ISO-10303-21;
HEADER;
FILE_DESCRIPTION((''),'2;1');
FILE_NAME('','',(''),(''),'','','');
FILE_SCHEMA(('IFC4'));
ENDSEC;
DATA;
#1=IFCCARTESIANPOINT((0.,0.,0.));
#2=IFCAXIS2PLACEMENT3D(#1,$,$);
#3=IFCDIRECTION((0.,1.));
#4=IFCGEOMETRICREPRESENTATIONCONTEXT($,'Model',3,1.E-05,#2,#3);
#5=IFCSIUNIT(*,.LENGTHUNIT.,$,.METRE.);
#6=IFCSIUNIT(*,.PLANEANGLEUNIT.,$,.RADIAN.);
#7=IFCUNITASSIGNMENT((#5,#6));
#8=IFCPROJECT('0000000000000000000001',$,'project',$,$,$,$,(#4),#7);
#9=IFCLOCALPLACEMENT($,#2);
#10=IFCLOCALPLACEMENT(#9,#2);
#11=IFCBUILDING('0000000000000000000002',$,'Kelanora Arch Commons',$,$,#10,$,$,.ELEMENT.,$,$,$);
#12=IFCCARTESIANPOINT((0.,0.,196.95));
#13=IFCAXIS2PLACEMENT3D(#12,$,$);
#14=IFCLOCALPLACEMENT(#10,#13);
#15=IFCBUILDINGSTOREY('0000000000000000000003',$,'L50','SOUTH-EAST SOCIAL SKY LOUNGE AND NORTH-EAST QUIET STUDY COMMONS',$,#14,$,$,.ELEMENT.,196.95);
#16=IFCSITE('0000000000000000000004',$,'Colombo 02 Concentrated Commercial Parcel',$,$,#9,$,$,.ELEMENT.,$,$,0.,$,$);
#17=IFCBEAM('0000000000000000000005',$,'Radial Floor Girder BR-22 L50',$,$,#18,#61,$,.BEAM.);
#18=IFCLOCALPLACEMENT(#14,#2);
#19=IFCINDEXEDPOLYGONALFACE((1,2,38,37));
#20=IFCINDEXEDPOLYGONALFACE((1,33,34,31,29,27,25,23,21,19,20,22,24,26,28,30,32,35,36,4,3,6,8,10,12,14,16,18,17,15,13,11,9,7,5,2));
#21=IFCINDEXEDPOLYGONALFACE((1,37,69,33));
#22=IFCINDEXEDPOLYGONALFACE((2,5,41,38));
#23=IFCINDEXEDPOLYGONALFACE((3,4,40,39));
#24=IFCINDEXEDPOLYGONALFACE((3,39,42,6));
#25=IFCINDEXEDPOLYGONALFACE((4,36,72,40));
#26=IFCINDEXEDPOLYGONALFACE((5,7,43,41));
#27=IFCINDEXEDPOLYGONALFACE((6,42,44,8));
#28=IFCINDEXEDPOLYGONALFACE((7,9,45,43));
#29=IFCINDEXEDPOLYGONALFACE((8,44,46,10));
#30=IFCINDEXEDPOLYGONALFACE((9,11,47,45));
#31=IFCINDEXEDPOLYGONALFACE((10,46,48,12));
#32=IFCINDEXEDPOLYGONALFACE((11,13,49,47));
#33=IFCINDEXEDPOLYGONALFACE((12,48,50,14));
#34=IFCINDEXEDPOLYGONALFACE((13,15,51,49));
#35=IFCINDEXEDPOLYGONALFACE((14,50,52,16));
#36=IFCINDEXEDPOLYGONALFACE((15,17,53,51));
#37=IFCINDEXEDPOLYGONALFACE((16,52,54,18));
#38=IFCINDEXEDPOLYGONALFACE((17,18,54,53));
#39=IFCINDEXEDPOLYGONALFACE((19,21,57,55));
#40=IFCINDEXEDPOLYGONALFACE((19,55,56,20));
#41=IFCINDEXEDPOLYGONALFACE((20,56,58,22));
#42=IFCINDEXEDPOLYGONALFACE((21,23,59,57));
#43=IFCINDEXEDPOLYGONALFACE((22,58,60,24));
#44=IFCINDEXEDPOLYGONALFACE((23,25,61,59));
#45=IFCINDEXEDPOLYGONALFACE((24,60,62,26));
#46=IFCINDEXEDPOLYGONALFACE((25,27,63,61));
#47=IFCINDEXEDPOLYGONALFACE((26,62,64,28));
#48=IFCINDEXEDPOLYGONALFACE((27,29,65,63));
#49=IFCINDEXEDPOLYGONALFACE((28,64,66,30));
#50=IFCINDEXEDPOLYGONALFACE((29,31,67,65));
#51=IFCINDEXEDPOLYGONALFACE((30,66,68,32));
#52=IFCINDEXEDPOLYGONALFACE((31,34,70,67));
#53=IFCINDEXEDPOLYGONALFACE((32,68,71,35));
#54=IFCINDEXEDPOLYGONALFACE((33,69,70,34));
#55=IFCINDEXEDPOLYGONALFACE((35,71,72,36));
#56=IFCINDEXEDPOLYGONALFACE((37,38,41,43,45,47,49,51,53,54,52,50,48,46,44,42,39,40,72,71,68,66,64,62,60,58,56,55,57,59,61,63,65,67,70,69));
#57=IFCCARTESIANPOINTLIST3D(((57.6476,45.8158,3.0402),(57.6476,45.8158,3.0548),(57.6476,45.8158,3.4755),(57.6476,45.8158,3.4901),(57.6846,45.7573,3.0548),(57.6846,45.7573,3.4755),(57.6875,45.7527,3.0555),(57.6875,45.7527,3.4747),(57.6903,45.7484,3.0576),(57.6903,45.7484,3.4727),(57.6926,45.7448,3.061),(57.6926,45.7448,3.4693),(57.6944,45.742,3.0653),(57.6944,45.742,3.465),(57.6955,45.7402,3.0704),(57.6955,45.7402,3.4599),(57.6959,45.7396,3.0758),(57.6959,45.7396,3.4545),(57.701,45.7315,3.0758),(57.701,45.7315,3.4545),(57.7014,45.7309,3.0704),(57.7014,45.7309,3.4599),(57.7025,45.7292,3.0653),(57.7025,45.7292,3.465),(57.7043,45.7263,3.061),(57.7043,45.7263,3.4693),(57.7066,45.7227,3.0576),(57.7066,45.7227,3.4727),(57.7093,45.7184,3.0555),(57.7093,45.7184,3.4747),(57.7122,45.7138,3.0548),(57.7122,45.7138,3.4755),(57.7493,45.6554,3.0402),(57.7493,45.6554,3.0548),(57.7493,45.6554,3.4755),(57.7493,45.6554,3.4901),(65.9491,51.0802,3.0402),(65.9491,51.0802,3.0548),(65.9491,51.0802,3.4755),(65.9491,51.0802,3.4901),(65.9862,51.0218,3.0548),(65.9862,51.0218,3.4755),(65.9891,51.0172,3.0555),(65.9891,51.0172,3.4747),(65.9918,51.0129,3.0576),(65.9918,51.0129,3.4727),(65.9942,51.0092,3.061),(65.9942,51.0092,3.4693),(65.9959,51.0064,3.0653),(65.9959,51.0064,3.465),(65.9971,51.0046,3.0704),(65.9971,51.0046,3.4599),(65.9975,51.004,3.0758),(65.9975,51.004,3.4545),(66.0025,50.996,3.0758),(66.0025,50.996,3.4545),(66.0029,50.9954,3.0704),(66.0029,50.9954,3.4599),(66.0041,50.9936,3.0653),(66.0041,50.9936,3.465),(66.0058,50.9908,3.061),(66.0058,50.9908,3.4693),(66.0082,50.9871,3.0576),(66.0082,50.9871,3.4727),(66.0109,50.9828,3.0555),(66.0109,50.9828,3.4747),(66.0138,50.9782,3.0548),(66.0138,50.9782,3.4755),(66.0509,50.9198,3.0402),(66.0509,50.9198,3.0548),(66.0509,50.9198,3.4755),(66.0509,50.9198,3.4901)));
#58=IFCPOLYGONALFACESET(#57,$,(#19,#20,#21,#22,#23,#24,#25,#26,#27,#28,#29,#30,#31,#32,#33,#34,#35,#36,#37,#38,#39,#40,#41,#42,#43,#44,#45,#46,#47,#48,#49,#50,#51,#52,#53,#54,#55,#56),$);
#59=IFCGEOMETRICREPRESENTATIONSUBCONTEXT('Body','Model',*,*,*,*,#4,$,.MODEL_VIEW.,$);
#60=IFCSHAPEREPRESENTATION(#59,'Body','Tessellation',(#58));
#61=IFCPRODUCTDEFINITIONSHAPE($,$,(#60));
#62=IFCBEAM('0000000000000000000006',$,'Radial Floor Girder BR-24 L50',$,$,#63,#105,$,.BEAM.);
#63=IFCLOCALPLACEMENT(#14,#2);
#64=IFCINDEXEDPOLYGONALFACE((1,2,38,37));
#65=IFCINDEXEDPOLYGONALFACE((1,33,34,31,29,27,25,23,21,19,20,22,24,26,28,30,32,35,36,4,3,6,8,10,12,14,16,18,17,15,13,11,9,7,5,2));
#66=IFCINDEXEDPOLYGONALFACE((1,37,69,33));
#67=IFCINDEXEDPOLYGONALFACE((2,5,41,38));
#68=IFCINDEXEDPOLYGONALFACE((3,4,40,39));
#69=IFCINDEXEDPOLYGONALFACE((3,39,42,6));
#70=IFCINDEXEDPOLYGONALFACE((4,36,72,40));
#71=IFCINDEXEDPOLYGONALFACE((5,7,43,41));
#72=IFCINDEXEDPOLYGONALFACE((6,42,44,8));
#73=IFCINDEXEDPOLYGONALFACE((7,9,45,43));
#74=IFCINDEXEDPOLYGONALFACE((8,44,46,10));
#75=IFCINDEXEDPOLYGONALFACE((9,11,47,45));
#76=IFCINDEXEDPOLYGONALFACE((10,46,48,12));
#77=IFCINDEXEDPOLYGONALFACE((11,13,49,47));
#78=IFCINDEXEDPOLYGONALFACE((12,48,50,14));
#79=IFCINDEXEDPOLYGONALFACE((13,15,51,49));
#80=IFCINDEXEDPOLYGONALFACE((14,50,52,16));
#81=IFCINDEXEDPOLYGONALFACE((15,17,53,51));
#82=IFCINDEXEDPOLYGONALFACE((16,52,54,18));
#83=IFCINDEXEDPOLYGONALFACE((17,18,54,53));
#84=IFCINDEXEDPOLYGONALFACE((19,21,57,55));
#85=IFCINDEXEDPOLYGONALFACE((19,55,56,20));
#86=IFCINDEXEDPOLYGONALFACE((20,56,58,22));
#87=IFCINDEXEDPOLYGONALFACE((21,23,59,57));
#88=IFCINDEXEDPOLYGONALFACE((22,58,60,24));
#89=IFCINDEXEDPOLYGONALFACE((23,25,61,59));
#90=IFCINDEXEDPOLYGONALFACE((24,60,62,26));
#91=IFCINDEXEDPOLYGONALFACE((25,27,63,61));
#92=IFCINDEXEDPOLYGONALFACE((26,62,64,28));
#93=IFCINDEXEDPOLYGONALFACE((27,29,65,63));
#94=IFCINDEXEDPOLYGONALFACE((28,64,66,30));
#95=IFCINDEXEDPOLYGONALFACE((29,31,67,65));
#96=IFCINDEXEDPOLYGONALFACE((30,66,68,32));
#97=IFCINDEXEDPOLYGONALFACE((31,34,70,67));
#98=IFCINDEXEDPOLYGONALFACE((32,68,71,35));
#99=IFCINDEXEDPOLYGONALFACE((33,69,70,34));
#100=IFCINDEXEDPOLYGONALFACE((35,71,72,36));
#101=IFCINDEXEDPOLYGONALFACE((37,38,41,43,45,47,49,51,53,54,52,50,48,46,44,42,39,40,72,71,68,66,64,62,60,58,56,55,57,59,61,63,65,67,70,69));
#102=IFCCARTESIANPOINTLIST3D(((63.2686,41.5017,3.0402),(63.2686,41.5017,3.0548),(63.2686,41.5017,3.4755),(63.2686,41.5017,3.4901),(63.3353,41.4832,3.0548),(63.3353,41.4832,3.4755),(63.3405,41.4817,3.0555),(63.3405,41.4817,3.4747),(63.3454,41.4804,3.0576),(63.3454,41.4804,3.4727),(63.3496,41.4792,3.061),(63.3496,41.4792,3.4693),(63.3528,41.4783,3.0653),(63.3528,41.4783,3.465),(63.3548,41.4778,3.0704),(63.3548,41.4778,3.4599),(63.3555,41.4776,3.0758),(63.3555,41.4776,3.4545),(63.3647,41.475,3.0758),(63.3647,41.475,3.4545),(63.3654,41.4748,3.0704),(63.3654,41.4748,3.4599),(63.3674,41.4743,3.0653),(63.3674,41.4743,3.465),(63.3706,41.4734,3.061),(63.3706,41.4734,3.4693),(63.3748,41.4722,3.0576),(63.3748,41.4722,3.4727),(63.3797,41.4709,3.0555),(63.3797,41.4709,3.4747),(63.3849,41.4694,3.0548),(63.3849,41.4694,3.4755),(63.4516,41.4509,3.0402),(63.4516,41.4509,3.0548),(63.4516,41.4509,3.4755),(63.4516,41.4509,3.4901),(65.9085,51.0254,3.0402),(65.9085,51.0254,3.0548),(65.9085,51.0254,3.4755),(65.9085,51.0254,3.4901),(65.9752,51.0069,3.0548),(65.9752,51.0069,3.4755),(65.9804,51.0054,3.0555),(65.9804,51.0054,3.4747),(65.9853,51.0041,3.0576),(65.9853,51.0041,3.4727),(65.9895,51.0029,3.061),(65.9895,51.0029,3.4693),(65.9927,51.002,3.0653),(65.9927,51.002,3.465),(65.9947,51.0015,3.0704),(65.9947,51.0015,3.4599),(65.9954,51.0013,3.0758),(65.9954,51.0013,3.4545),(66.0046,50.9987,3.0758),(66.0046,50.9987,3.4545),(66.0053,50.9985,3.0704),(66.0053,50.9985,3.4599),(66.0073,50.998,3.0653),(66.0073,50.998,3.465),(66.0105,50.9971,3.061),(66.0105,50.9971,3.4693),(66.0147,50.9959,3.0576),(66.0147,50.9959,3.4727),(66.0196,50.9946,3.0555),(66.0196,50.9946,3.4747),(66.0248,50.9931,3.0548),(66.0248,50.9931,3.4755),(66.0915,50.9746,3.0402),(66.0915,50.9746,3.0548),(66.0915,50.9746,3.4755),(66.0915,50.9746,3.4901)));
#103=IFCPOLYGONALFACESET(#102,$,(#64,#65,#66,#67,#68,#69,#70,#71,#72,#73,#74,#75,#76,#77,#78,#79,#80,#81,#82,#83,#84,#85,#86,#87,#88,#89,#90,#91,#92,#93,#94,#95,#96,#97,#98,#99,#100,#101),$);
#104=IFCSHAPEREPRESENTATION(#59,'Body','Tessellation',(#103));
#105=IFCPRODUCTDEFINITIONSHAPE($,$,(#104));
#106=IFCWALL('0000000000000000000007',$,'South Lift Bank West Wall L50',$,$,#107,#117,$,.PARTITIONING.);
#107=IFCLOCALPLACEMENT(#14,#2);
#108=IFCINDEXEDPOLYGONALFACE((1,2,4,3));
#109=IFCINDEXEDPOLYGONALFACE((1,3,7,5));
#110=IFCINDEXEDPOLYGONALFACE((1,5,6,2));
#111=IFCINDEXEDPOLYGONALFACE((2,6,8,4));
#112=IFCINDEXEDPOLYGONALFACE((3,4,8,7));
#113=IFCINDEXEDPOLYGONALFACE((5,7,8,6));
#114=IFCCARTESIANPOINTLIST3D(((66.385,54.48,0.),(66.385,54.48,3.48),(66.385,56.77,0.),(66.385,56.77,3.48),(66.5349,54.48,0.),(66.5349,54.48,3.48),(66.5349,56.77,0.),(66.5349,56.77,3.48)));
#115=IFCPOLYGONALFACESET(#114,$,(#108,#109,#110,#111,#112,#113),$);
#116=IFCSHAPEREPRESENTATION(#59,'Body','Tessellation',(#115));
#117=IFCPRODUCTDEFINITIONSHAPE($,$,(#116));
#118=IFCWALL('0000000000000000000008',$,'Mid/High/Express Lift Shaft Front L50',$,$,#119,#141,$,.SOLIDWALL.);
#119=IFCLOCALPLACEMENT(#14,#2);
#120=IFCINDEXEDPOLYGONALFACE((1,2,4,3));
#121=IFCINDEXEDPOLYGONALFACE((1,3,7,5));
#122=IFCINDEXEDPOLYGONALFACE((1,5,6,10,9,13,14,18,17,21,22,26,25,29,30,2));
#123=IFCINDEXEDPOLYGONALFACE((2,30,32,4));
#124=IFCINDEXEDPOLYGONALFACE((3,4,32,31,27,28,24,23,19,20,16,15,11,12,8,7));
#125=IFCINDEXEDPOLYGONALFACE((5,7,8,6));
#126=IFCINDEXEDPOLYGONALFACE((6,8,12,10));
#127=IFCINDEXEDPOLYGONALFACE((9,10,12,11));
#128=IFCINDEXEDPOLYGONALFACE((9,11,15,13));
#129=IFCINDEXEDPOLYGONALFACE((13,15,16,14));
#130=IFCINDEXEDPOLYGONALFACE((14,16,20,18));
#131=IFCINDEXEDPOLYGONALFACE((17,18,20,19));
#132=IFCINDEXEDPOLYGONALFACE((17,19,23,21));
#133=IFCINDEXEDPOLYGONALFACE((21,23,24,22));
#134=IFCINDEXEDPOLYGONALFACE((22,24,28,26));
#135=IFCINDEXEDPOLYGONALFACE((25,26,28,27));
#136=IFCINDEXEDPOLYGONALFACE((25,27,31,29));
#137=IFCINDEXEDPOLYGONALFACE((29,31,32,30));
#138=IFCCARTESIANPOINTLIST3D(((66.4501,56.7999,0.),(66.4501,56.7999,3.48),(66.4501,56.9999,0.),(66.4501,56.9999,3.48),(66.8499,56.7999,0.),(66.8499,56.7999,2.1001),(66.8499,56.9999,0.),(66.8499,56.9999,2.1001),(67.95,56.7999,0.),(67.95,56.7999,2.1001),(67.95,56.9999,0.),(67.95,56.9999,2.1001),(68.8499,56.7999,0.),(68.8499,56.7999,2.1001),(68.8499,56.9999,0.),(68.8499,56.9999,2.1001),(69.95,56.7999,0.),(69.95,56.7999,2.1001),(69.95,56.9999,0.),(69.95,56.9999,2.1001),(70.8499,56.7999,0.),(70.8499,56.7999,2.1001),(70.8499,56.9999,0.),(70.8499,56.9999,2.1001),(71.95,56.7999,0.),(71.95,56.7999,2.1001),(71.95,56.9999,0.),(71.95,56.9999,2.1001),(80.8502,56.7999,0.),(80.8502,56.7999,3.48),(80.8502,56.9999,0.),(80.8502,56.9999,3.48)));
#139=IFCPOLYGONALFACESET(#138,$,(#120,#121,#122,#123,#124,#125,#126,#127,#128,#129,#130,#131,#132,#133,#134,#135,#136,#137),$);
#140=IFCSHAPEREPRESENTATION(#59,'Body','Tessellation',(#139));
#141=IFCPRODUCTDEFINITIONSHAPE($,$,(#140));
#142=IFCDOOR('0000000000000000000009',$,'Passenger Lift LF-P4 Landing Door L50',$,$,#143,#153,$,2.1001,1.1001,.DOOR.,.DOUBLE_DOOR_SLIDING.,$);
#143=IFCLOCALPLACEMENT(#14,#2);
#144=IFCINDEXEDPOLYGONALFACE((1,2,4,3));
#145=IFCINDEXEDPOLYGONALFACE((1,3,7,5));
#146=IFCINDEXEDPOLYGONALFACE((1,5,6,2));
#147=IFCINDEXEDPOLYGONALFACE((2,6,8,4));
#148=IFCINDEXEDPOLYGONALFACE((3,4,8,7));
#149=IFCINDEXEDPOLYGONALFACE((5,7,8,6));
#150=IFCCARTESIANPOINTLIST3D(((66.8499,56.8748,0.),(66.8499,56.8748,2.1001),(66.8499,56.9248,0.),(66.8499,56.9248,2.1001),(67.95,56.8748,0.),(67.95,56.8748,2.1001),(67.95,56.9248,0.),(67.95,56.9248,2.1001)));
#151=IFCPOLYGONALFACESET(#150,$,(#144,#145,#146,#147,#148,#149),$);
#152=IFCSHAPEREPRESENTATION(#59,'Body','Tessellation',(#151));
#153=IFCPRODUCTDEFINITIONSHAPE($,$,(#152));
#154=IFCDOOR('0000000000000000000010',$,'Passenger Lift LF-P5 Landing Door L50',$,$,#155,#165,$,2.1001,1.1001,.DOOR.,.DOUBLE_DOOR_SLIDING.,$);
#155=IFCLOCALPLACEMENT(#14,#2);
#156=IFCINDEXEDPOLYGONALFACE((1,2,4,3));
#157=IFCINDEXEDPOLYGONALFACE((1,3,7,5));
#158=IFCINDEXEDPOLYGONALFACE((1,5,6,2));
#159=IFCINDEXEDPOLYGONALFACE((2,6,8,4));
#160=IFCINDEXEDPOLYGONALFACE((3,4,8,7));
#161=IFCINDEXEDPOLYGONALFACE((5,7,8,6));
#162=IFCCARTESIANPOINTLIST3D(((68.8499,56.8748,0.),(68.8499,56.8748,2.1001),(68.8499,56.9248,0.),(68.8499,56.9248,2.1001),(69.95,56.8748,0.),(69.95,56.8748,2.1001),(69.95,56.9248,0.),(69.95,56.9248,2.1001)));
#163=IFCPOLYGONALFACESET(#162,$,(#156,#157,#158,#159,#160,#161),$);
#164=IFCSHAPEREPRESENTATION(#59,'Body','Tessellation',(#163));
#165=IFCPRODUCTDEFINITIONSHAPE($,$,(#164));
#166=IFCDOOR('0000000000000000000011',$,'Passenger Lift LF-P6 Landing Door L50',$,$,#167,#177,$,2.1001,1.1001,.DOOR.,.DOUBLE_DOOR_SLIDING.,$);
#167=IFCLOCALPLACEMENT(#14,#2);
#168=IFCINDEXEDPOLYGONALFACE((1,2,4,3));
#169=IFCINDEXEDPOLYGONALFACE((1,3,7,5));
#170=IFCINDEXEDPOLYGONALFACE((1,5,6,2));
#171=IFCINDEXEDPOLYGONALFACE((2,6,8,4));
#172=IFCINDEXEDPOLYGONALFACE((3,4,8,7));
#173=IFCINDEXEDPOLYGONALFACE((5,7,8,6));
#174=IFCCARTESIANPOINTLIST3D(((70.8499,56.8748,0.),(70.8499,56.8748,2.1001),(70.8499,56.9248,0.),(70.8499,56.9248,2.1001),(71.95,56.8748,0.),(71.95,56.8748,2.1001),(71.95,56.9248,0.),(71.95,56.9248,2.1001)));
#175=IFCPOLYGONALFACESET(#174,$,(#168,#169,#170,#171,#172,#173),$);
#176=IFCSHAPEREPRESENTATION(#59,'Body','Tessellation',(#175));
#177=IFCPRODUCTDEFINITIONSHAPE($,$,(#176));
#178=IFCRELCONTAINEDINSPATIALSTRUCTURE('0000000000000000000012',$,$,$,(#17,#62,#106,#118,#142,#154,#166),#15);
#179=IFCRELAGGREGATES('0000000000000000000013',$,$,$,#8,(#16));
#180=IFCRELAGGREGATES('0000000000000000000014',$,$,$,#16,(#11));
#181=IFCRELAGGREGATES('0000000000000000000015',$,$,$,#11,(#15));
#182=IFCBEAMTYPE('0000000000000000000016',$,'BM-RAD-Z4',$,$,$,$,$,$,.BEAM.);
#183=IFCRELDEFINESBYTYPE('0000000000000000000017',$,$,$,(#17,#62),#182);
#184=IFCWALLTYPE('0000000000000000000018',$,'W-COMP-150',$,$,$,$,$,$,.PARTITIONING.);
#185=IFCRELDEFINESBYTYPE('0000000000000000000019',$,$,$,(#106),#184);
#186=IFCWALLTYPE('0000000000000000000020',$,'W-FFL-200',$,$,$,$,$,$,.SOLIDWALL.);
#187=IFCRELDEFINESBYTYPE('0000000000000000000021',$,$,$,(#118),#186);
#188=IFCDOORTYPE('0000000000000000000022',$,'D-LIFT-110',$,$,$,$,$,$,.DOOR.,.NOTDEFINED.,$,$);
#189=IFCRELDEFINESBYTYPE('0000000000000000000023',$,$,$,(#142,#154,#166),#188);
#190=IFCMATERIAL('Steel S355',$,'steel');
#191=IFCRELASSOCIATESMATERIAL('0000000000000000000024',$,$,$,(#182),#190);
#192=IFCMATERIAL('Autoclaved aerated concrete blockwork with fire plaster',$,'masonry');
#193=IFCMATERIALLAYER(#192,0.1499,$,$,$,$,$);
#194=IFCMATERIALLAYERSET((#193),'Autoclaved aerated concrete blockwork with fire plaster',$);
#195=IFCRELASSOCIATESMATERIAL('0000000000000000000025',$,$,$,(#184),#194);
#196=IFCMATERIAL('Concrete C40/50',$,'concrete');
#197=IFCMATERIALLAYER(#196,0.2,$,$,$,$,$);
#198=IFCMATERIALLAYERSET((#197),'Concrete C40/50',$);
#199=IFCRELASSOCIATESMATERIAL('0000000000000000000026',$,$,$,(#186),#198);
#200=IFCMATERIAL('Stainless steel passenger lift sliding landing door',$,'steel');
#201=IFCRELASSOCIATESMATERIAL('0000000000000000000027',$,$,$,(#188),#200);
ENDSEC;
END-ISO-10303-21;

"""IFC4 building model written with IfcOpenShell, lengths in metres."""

from ifc_helpers import new_model, si_unit, direction, frame, frame_2d, origin, origin_2d, place, context, subcontext, project, spatial, rectangle, i_section, extrude, material, layer, layer_set, material_profile, profile_set, type_object, element, fill, save


model = new_model("IFC4")

# Units and contexts
model_context = context("Model", 3, precision=1e-05, world=origin(), true_north=direction((0.0, 1.0)))
body_context = subcontext(model_context, "Body", "Model", "MODEL_VIEW")
ifc_project = project(units=[si_unit("LENGTHUNIT", "METRE"), si_unit("PLANEANGLEUNIT", "RADIAN")], contexts=[model_context])

# Site, building, storey
site_placement = place(None, origin())
site = spatial("IfcSite", under=ifc_project, at=site_placement, Name="Colombo 02 Concentrated Commercial Parcel", CompositionType="ELEMENT", RefElevation=0.0)
building_placement = place(site_placement, origin())
building = spatial("IfcBuilding", under=site, at=building_placement, Name="Kelanora Arch Commons", CompositionType="ELEMENT")
storey_placement = place(building_placement, frame((0.0, 0.0, 196.95)))
storey = spatial("IfcBuildingStorey", under=building, at=storey_placement, Name="L50", Description="SOUTH-EAST SOCIAL SKY LOUNGE AND NORTH-EAST QUIET STUDY COMMONS", CompositionType="ELEMENT", Elevation=196.95)

# Beams
ifc_material_1 = material(Name="Steel S355", Category="steel")
ifc_material_profile_1 = material_profile(ifc_material_1, i_section(OverallWidth=0.1899, OverallDepth=0.45, WebThickness=0.0095, FlangeThickness=0.0146, FilletRadius=0.021, at=origin_2d()), Name="IPE450")
ifc_profile_set_1 = profile_set([ifc_material_profile_1], Name="Steel S355")
beam_type_1 = type_object("IfcBeamType", Name="BM-RAD-Z4", PredefinedType="BEAM", material=ifc_profile_set_1)
beam_1_placement = place(storey_placement, frame((66.0, 51.0, 3.2651), z_axis=(-0.844507, -0.535544, 0.0), x_axis=(0.535544, -0.844507, 0.0)))
element("IfcBeam", 1, at=beam_1_placement, inside=storey, type_object=beam_type_1, Name="Radial Floor Girder BR-22 L50", PredefinedType="BEAM", context=body_context, shape_type="SweptSolid", body=[
    extrude(i_section(OverallWidth=0.1899, OverallDepth=0.45, WebThickness=0.0095, FlangeThickness=0.0146, FilletRadius=0.021, at=origin_2d()), origin(), (0.0, 0.0, 1.0), 9.8301),
])
beam_2_placement = place(storey_placement, frame((66.0, 51.0, 3.2651), z_axis=(-0.26712, -0.963663, 0.0), x_axis=(0.963663, -0.26712, 0.0)))
element("IfcBeam", 2, at=beam_2_placement, inside=storey, type_object=beam_type_1, Name="Radial Floor Girder BR-24 L50", PredefinedType="BEAM", context=body_context, shape_type="SweptSolid", body=[
    extrude(i_section(OverallWidth=0.1899, OverallDepth=0.45, WebThickness=0.0095, FlangeThickness=0.0146, FilletRadius=0.021, at=origin_2d()), origin(), (0.0, 0.0, 1.0), 9.8828),
])

# Wall
ifc_material_2 = material(Name="Autoclaved aerated concrete blockwork with fire plaster", Category="masonry")
ifc_layer_1 = layer(ifc_material_2, 0.1499)
ifc_layer_set_1 = layer_set([ifc_layer_1], Name="Autoclaved aerated concrete blockwork with fire plaster")
wall_type_1 = type_object("IfcWallType", Name="W-COMP-150", PredefinedType="PARTITIONING", material=ifc_layer_set_1)
wall_1_placement = place(storey_placement, frame((66.46, 54.48, 0.0), z_axis=(0.0, 0.0, 1.0), x_axis=(0.0, 1.0, 0.0)))
element("IfcWall", 3, at=wall_1_placement, inside=storey, type_object=wall_type_1, Name="South Lift Bank West Wall L50", PredefinedType="PARTITIONING", context=body_context, shape_type="SweptSolid", body=[
    extrude(rectangle(XDim=2.29, YDim=0.1499, at=frame_2d((1.145, 0.0))), origin(), (0.0, 0.0, 1.0), 3.48),
])

# Wall, openings, doors
ifc_material_3 = material(Name="Concrete C40/50", Category="concrete")
ifc_layer_2 = layer(ifc_material_3, 0.2)
ifc_layer_set_2 = layer_set([ifc_layer_2], Name="Concrete C40/50")
wall_type_2 = type_object("IfcWallType", Name="W-FFL-200", PredefinedType="SOLIDWALL", material=ifc_layer_set_2)
wall_2_placement = place(storey_placement, frame((66.45, 56.8999, 0.0), z_axis=(0.0, 0.0, 1.0), x_axis=(1.0, 0.0, 0.0)))
wall_2 = element("IfcWall", 4, at=wall_2_placement, inside=storey, type_object=wall_type_2, Name="Mid/High/Express Lift Shaft Front L50", PredefinedType="SOLIDWALL", context=body_context, shape_type="SweptSolid", body=[
    extrude(rectangle(XDim=14.4001, YDim=0.2, at=frame_2d((7.2002, 0.0))), origin(), (0.0, 0.0, 1.0), 3.48),
])
opening_1_placement = place(wall_2_placement, frame((0.3999, 0.0, 0.0)))
opening_1 = element("IfcOpeningElement", 5, at=opening_1_placement, cuts=wall_2, PredefinedType="OPENING", context=body_context, shape_type="SweptSolid", body=[
    extrude(rectangle(XDim=1.1001, YDim=2.1001, at=frame_2d((0.55, 1.05))), frame((0.0, 0.1099, 0.0), z_axis=(0.0, -1.0, 0.0), x_axis=(1.0, 0.0, 0.0)), (0.0, 0.0, 1.0), 0.22),
])
opening_2_placement = place(wall_2_placement, frame((2.3999, 0.0, 0.0)))
opening_2 = element("IfcOpeningElement", 6, at=opening_2_placement, cuts=wall_2, PredefinedType="OPENING", context=body_context, shape_type="SweptSolid", body=[
    extrude(rectangle(XDim=1.1001, YDim=2.1001, at=frame_2d((0.55, 1.05))), frame((0.0, 0.1099, 0.0), z_axis=(0.0, -1.0, 0.0), x_axis=(1.0, 0.0, 0.0)), (0.0, 0.0, 1.0), 0.22),
])
opening_3_placement = place(wall_2_placement, frame((4.3999, 0.0, 0.0)))
opening_3 = element("IfcOpeningElement", 7, at=opening_3_placement, cuts=wall_2, PredefinedType="OPENING", context=body_context, shape_type="SweptSolid", body=[
    extrude(rectangle(XDim=1.1001, YDim=2.1001, at=frame_2d((0.55, 1.05))), frame((0.0, 0.1099, 0.0), z_axis=(0.0, -1.0, 0.0), x_axis=(1.0, 0.0, 0.0)), (0.0, 0.0, 1.0), 0.22),
])
ifc_material_4 = material(Name="Stainless steel passenger lift sliding landing door", Category="steel")
door_type_1 = type_object("IfcDoorType", Name="D-LIFT-110", OperationType="NOTDEFINED", PredefinedType="DOOR", material=ifc_material_4)
door_1_placement = place(opening_1_placement, origin())
door_1 = element("IfcDoor", 8, at=door_1_placement, inside=storey, type_object=door_type_1, Name="Passenger Lift LF-P4 Landing Door L50", OperationType="DOUBLE_DOOR_SLIDING", OverallHeight=2.1001, OverallWidth=1.1001, PredefinedType="DOOR", context=body_context, shape_type="SweptSolid", body=[
    extrude(rectangle(XDim=1.1001, YDim=2.1001, at=frame_2d((0.55, 1.05))), frame((0.0, 0.0249, 0.0), z_axis=(0.0, -1.0, 0.0), x_axis=(1.0, 0.0, 0.0)), (0.0, 0.0, 1.0), 0.05),
])
fill(opening_1, door_1)
door_2_placement = place(opening_2_placement, origin())
door_2 = element("IfcDoor", 9, at=door_2_placement, inside=storey, type_object=door_type_1, Name="Passenger Lift LF-P5 Landing Door L50", OperationType="DOUBLE_DOOR_SLIDING", OverallHeight=2.1001, OverallWidth=1.1001, PredefinedType="DOOR", context=body_context, shape_type="SweptSolid", body=[
    extrude(rectangle(XDim=1.1001, YDim=2.1001, at=frame_2d((0.55, 1.05))), frame((0.0, 0.0249, 0.0), z_axis=(0.0, -1.0, 0.0), x_axis=(1.0, 0.0, 0.0)), (0.0, 0.0, 1.0), 0.05),
])
fill(opening_2, door_2)
door_3_placement = place(opening_3_placement, origin())
door_3 = element("IfcDoor", 10, at=door_3_placement, inside=storey, type_object=door_type_1, Name="Passenger Lift LF-P6 Landing Door L50", OperationType="DOUBLE_DOOR_SLIDING", OverallHeight=2.1001, OverallWidth=1.1001, PredefinedType="DOOR", context=body_context, shape_type="SweptSolid", body=[
    extrude(rectangle(XDim=1.1001, YDim=2.1001, at=frame_2d((0.55, 1.05))), frame((0.0, 0.0249, 0.0), z_axis=(0.0, -1.0, 0.0), x_axis=(1.0, 0.0, 0.0)), (0.0, 0.0, 1.0), 0.05),
])
fill(opening_3, door_3)

save(model, "model.ifc")
